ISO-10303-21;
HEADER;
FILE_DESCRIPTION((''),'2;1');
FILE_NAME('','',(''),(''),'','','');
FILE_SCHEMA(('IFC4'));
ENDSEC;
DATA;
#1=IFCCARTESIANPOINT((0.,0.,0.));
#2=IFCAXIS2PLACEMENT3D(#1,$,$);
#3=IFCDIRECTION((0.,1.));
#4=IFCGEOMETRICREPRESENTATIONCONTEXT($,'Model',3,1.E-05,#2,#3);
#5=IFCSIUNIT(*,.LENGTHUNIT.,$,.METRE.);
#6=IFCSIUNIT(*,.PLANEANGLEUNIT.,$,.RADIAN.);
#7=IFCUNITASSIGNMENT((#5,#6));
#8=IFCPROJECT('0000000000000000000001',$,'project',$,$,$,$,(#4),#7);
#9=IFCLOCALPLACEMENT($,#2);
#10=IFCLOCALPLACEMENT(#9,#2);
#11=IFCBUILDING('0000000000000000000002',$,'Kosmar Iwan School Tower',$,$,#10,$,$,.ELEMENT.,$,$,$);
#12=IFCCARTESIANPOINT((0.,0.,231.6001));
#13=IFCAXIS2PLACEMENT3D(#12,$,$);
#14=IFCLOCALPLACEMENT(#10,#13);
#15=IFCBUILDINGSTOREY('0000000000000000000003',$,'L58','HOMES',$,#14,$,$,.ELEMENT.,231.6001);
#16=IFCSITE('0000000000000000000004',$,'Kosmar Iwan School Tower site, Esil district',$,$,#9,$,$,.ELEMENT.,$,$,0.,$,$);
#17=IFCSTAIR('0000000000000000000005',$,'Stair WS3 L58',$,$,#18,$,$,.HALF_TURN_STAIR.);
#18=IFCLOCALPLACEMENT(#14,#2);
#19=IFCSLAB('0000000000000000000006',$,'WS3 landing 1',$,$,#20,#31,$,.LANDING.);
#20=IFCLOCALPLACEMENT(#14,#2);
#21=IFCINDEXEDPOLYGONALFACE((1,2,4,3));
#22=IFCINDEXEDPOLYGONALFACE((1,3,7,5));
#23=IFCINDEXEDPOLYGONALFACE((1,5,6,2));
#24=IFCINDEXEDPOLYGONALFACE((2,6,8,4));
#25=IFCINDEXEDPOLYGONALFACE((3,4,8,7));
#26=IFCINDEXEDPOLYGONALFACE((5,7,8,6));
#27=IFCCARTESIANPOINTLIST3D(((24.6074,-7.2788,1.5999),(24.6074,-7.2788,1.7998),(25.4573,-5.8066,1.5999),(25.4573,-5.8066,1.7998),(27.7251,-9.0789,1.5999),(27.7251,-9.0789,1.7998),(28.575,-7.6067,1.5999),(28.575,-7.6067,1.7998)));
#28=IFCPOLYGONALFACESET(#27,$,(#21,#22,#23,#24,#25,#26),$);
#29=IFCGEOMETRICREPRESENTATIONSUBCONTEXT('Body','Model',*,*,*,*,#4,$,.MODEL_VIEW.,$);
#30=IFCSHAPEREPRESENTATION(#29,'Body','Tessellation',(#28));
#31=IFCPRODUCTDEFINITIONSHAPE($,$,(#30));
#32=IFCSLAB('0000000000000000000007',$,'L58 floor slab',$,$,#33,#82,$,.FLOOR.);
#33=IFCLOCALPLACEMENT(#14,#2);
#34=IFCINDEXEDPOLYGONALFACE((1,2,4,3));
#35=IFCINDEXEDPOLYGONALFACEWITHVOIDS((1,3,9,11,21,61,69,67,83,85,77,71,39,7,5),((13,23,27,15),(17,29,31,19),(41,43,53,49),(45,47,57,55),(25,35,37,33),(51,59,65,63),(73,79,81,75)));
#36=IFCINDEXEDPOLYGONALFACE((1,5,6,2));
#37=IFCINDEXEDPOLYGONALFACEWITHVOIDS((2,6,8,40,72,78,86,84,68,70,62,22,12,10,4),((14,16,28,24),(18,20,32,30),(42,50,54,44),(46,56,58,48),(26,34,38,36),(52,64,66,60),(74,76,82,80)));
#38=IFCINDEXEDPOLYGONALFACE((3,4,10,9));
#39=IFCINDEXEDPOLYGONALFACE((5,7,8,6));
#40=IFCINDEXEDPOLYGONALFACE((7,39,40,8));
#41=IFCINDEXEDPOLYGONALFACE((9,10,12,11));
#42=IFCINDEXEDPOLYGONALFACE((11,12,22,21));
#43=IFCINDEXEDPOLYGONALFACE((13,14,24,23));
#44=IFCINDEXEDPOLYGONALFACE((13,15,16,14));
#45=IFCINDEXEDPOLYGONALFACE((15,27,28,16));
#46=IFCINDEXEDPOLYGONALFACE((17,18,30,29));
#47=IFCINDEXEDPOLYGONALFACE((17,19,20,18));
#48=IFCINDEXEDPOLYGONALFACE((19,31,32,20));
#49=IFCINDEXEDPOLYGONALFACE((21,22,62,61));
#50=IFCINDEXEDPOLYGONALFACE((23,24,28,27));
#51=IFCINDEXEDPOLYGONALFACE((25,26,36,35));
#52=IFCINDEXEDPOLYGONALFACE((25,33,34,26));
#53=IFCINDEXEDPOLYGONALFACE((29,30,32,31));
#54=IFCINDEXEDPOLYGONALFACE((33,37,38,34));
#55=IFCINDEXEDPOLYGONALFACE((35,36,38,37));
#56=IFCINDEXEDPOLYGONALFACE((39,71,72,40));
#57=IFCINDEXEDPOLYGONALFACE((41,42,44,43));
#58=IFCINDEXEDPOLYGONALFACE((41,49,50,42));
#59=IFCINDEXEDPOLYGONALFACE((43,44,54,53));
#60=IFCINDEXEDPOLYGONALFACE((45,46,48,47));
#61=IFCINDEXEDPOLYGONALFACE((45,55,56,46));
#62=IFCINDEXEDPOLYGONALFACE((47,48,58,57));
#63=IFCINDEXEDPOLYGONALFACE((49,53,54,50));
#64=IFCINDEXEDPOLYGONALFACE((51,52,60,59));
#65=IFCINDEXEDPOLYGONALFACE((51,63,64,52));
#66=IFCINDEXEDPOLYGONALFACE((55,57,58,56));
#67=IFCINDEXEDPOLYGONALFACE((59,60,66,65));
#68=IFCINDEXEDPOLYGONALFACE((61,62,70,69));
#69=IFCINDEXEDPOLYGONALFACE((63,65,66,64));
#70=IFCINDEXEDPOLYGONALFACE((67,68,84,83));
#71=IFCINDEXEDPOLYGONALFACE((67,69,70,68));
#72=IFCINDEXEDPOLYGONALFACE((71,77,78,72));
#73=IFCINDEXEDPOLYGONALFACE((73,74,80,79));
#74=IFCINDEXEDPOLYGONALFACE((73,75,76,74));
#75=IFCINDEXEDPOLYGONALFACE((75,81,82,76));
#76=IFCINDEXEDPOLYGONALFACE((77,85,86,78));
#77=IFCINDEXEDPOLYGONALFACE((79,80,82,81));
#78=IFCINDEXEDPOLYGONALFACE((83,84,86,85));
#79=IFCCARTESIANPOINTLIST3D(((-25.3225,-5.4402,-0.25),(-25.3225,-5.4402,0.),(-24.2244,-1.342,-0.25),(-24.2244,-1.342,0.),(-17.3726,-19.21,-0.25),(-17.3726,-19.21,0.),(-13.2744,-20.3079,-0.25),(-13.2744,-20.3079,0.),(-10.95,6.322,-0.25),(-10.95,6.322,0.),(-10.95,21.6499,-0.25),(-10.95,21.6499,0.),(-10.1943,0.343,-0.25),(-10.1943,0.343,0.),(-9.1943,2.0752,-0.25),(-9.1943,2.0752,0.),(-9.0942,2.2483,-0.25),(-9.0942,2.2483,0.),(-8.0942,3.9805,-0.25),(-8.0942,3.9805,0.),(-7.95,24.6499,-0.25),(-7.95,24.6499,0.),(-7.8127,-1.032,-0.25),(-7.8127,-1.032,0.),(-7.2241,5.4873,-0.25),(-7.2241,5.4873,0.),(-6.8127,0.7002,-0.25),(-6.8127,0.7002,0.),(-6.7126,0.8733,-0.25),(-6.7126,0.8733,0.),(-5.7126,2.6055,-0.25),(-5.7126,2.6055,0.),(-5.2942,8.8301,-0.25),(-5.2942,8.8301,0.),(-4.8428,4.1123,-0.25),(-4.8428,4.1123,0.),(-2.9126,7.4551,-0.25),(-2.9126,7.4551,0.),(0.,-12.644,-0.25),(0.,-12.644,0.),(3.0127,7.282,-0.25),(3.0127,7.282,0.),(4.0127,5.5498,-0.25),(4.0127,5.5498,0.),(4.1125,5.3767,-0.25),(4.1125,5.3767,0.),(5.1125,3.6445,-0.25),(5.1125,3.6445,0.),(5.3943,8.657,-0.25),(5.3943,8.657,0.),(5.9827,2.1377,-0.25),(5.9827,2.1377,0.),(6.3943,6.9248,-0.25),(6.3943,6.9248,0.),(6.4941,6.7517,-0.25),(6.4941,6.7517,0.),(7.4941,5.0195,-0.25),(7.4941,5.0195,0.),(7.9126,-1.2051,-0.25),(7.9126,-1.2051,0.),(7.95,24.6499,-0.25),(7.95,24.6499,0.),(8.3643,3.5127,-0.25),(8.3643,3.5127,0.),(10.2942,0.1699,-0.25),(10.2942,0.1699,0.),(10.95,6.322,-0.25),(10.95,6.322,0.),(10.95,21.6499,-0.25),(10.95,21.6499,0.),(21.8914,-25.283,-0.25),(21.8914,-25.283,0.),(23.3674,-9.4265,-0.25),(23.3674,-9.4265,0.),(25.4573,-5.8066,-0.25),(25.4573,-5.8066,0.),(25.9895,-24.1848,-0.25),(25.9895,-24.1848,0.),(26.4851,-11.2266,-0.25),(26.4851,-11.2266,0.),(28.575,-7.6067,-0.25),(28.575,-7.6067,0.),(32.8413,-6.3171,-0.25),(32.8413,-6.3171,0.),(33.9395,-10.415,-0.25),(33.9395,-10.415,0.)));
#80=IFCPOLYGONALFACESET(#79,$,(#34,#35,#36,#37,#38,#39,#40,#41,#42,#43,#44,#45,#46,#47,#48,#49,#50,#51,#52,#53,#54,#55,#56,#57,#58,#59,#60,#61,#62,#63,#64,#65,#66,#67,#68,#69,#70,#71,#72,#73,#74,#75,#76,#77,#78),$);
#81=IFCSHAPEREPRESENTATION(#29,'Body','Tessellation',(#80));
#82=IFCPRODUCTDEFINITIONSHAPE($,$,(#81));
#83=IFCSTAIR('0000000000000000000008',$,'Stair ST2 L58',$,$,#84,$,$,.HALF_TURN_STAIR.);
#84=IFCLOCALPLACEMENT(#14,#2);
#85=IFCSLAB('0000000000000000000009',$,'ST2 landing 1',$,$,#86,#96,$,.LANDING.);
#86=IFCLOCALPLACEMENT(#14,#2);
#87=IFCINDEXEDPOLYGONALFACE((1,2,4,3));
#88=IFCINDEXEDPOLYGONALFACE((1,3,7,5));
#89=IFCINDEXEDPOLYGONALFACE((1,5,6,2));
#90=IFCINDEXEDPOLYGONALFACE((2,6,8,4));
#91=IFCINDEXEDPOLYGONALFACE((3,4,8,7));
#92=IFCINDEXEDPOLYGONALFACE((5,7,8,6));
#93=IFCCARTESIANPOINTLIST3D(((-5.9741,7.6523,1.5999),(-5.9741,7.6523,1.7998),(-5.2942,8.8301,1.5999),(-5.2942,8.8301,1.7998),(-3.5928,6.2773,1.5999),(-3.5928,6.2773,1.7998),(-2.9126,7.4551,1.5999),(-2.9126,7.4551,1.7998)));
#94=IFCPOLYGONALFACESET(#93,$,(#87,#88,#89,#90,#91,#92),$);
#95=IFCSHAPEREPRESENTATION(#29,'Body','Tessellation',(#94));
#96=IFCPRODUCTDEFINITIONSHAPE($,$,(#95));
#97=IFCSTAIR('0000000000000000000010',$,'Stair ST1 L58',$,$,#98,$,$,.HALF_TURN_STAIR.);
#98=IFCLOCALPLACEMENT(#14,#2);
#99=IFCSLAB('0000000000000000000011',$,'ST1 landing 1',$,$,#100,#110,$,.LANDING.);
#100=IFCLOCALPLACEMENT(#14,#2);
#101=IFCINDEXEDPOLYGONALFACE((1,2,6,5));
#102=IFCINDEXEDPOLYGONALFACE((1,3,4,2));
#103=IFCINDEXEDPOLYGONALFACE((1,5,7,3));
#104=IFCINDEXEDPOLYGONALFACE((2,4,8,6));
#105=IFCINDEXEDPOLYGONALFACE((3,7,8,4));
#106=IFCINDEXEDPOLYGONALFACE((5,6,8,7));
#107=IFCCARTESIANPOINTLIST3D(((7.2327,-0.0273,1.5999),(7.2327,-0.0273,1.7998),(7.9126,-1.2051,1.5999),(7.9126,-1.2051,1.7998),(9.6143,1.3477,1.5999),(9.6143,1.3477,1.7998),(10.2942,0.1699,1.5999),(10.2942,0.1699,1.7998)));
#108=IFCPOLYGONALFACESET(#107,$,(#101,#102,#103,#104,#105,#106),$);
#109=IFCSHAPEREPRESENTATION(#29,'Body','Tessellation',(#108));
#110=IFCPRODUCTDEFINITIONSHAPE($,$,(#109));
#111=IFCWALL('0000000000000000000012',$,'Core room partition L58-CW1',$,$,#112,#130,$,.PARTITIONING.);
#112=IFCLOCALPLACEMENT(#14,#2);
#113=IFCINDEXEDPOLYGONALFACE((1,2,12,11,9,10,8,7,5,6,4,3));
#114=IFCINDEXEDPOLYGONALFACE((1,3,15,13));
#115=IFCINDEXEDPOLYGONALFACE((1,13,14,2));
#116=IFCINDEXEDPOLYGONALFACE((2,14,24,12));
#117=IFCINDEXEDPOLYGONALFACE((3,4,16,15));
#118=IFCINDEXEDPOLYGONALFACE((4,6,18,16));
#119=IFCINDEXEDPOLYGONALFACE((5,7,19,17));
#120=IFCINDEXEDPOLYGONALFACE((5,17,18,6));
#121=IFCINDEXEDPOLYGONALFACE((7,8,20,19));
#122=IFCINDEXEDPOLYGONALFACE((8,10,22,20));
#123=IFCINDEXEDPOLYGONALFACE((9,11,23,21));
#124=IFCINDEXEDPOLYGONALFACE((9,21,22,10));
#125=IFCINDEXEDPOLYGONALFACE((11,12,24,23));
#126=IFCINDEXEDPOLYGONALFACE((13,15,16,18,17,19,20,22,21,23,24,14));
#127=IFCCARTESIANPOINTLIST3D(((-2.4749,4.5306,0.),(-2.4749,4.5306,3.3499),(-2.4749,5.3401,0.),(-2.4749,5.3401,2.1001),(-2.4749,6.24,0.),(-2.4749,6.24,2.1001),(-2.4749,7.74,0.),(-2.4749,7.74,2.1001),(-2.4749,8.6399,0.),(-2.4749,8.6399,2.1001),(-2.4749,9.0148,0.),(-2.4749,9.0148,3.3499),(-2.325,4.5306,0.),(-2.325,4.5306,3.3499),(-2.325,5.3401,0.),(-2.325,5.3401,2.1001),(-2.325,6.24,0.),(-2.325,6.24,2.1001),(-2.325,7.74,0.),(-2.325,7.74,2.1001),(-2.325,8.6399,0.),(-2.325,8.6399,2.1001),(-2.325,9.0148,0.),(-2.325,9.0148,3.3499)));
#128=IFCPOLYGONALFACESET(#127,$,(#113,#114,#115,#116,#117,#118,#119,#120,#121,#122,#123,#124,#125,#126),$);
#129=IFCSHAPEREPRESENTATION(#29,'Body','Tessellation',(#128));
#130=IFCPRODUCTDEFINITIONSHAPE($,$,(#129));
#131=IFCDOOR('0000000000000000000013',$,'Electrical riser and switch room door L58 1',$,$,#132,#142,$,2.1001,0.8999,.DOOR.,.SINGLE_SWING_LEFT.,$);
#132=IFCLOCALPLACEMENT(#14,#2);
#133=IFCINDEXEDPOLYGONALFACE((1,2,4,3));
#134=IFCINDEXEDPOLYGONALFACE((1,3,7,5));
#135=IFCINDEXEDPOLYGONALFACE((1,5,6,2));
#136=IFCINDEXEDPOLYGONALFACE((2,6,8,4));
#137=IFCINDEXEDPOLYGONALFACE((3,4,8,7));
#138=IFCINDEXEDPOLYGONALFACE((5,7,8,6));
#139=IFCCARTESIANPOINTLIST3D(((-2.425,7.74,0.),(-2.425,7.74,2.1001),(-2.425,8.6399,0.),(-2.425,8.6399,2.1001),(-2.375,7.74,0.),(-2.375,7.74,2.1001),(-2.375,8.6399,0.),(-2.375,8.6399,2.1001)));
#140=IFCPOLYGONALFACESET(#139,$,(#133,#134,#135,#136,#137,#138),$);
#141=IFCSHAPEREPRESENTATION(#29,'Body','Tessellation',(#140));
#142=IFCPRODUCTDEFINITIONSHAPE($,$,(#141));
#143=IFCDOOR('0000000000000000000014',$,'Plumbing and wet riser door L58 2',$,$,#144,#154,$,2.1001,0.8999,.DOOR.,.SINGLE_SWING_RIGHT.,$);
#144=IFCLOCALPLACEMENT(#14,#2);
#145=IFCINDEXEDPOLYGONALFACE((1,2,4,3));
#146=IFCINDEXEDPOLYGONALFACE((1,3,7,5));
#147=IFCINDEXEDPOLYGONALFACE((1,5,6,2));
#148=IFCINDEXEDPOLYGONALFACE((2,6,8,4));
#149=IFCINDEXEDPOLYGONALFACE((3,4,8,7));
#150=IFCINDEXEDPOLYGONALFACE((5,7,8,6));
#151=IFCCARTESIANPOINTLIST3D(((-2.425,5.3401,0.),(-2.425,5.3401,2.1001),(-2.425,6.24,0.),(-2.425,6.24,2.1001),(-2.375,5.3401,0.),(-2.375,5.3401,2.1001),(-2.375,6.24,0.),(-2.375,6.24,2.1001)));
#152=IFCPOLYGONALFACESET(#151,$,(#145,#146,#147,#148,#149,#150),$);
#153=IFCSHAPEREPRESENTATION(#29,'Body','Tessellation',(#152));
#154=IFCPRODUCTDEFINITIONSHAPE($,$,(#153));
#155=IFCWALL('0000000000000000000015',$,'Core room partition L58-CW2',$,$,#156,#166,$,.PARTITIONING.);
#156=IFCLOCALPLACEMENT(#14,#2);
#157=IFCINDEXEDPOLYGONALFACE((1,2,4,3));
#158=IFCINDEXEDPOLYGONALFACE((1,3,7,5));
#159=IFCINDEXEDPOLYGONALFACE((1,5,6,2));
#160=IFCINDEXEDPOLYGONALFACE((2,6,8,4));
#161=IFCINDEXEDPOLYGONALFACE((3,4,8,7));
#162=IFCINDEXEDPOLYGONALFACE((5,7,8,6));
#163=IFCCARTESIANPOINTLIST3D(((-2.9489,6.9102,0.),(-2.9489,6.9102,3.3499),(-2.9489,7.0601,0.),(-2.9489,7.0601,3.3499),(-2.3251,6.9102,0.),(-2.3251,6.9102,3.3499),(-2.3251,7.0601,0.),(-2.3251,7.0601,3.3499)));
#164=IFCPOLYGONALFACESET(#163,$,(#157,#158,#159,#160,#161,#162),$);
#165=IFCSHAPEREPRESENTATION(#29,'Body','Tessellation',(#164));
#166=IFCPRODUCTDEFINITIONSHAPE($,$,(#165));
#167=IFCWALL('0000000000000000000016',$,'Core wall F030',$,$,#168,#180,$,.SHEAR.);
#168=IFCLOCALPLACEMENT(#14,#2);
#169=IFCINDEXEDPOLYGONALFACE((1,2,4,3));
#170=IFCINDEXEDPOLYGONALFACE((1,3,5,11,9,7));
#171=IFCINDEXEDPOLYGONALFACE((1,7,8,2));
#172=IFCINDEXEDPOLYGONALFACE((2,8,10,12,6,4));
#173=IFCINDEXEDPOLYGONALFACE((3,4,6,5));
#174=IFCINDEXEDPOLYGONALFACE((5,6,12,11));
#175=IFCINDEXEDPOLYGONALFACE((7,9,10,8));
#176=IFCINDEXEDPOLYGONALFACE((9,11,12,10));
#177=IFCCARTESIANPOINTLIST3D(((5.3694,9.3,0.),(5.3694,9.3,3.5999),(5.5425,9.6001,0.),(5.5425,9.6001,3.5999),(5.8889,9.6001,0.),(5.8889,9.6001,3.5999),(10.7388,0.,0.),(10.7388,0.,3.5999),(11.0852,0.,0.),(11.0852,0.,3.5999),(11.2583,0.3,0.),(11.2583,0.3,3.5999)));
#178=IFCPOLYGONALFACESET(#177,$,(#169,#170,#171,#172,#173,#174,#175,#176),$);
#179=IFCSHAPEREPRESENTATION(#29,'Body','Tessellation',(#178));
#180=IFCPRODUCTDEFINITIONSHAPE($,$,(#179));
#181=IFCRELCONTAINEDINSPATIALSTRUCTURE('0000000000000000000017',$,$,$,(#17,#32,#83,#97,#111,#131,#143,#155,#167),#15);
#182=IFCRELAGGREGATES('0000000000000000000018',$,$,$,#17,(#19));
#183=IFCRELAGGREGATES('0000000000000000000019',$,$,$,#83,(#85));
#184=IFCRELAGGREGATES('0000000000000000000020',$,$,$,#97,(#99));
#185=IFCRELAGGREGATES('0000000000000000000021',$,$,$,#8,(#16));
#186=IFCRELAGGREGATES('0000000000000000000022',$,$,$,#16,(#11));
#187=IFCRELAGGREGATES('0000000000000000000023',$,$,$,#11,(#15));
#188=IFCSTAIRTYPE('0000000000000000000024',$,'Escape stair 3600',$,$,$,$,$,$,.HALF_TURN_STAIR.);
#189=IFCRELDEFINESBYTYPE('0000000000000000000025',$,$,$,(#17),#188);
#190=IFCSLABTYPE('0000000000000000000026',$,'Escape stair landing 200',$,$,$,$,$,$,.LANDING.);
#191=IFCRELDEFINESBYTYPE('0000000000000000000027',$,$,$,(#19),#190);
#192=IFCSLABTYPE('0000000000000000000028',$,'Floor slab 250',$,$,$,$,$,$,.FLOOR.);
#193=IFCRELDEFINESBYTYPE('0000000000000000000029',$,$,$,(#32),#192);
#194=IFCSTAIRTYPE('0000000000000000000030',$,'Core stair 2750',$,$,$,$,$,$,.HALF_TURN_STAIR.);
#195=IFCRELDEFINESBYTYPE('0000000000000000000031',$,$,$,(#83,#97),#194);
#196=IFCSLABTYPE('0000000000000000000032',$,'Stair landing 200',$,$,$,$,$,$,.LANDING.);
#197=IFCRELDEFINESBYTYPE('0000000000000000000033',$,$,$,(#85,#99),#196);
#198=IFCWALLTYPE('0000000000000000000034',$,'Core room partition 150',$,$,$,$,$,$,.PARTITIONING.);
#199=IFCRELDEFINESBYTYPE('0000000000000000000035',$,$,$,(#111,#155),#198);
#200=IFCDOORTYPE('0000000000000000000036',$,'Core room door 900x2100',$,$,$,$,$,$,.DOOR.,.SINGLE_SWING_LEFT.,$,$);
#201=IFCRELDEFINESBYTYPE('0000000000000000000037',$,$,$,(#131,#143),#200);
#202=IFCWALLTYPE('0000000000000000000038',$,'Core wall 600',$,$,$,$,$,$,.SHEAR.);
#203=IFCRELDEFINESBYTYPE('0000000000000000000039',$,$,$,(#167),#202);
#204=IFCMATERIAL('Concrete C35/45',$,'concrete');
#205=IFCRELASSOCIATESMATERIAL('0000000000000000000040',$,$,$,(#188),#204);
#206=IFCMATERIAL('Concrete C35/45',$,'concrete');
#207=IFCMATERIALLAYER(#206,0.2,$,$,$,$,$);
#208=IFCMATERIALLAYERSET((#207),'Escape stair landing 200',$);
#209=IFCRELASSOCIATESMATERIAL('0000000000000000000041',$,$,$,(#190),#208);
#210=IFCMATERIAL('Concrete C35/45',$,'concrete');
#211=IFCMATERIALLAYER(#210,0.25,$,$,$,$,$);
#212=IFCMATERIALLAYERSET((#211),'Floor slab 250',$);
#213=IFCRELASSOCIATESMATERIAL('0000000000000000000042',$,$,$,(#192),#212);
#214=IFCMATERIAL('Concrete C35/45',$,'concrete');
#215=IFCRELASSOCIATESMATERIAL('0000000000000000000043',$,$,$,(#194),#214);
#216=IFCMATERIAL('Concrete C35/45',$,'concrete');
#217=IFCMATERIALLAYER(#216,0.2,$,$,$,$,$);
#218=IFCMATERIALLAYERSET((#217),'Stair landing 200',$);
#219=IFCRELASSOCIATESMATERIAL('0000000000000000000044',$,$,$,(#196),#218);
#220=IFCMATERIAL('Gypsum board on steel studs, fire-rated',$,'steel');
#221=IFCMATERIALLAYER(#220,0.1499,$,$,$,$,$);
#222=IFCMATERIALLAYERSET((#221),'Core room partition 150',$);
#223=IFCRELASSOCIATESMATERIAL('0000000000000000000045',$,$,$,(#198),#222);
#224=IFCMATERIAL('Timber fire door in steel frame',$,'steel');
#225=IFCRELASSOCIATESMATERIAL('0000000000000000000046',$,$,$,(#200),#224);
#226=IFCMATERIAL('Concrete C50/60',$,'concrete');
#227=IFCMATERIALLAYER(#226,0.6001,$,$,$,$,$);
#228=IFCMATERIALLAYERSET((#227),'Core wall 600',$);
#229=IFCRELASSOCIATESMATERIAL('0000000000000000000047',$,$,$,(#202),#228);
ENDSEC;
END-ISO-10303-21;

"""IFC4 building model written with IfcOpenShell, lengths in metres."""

from ifc_helpers import new_model, si_unit, direction, frame, frame_2d, origin, place, context, subcontext, project, spatial, polyline, rectangle, outline, extrude, material, layer, layer_set, type_object, element, fill, aggregate, save


model = new_model("IFC4")

# Units and contexts
model_context = context("Model", 3, precision=1e-05, world=origin(), true_north=direction((0.0, 1.0)))
body_context = subcontext(model_context, "Body", "Model", "MODEL_VIEW")
ifc_project = project(units=[si_unit("LENGTHUNIT", "METRE"), si_unit("PLANEANGLEUNIT", "RADIAN")], contexts=[model_context])

# Site, building, storey
site_placement = place(None, origin())
site = spatial("IfcSite", under=ifc_project, at=site_placement, Name="Kosmar Iwan School Tower site, Esil district", CompositionType="ELEMENT", RefElevation=0.0)
building_placement = place(site_placement, origin())
building = spatial("IfcBuilding", under=site, at=building_placement, Name="Kosmar Iwan School Tower", CompositionType="ELEMENT")
storey_placement = place(building_placement, frame((0.0, 0.0, 231.6001)))
storey = spatial("IfcBuildingStorey", under=building, at=storey_placement, Name="L58", Description="HOMES", CompositionType="ELEMENT", Elevation=231.6001)

# Stair, slab
ifc_material_1 = material(Name="Concrete C35/45", Category="concrete")
stair_type_1 = type_object("IfcStairType", Name="Escape stair 3600", PredefinedType="HALF_TURN_STAIR", material=ifc_material_1)
stair_1_placement = place(storey_placement, origin())
stair_1 = element("IfcStair", 1, at=stair_1_placement, inside=storey, type_object=stair_type_1, Name="Stair WS3 L58", PredefinedType="HALF_TURN_STAIR")
ifc_material_2 = material(Name="Concrete C35/45", Category="concrete")
ifc_layer_1 = layer(ifc_material_2, 0.2)
ifc_layer_set_1 = layer_set([ifc_layer_1], Name="Escape stair landing 200")
slab_type_1 = type_object("IfcSlabType", Name="Escape stair landing 200", PredefinedType="LANDING", material=ifc_layer_set_1)
slab_1_placement = place(storey_placement, frame((0.0, 0.0, 1.5999)))
slab_1 = element("IfcSlab", 2, at=slab_1_placement, type_object=slab_type_1, Name="WS3 landing 1", PredefinedType="LANDING", context=body_context, shape_type="SweptSolid", body=[
    extrude(outline(polyline([(24.6074, -7.2788), (27.7251, -9.0789), (28.575, -7.6067), (25.4573, -5.8066), (24.6074, -7.2788)])), origin(), (0.0, 0.0, 1.0), 0.2),
])
aggregate(stair_1, [slab_1])

# Slab
ifc_material_3 = material(Name="Concrete C35/45", Category="concrete")
ifc_layer_2 = layer(ifc_material_3, 0.25)
ifc_layer_set_2 = layer_set([ifc_layer_2], Name="Floor slab 250")
slab_type_2 = type_object("IfcSlabType", Name="Floor slab 250", PredefinedType="FLOOR", material=ifc_layer_set_2)
slab_2_placement = place(storey_placement, frame((0.0, 0.0, -0.25)))
element("IfcSlab", 3, at=slab_2_placement, inside=storey, type_object=slab_type_2, Name="L58 floor slab", PredefinedType="FLOOR", context=body_context, shape_type="SweptSolid", body=[
    extrude(outline(polyline([(21.8914, -25.283), (25.9895, -24.1848), (33.9395, -10.415), (32.8413, -6.3171), (10.95, 6.322), (10.95, 21.6499), (7.95, 24.6499), (-7.95, 24.6499), (-10.95, 21.6499), (-10.95, 6.322), (-24.2244, -1.342), (-25.3225, -5.4402), (-17.3726, -19.21), (-13.2744, -20.3079), (0.0, -12.644), (21.8914, -25.283)]), holes=[polyline([(7.9126, -1.2051), (10.2942, 0.1699), (8.3643, 3.5127), (5.9827, 2.1377), (7.9126, -1.2051)]), polyline([(-2.9126, 7.4551), (-5.2942, 8.8301), (-7.2241, 5.4873), (-4.8428, 4.1123), (-2.9126, 7.4551)]), polyline([(-5.7126, 2.6055), (-8.0942, 3.9805), (-9.0942, 2.2483), (-6.7126, 0.8733), (-5.7126, 2.6055)]), polyline([(-6.8127, 0.7002), (-9.1943, 2.0752), (-10.1943, 0.343), (-7.8127, -1.032), (-6.8127, 0.7002)]), polyline([(5.1125, 3.6445), (7.4941, 5.0195), (6.4941, 6.7517), (4.1125, 5.3767), (5.1125, 3.6445)]), polyline([(4.0127, 5.5498), (6.3943, 6.9248), (5.3943, 8.657), (3.0127, 7.282), (4.0127, 5.5498)]), polyline([(23.3674, -9.4265), (26.4851, -11.2266), (28.575, -7.6067), (25.4573, -5.8066), (23.3674, -9.4265)])]), origin(), (0.0, 0.0, 1.0), 0.25),
])

# Stairs, slabs
ifc_material_4 = material(Name="Concrete C35/45", Category="concrete")
stair_type_2 = type_object("IfcStairType", Name="Core stair 2750", PredefinedType="HALF_TURN_STAIR", material=ifc_material_4)
stair_2_placement = place(storey_placement, origin())
stair_2 = element("IfcStair", 4, at=stair_2_placement, inside=storey, type_object=stair_type_2, Name="Stair ST2 L58", PredefinedType="HALF_TURN_STAIR")
ifc_material_5 = material(Name="Concrete C35/45", Category="concrete")
ifc_layer_3 = layer(ifc_material_5, 0.2)
ifc_layer_set_3 = layer_set([ifc_layer_3], Name="Stair landing 200")
slab_type_3 = type_object("IfcSlabType", Name="Stair landing 200", PredefinedType="LANDING", material=ifc_layer_set_3)
slab_3_placement = place(storey_placement, frame((0.0, 0.0, 1.5999)))
slab_3 = element("IfcSlab", 5, at=slab_3_placement, type_object=slab_type_3, Name="ST2 landing 1", PredefinedType="LANDING", context=body_context, shape_type="SweptSolid", body=[
    extrude(outline(polyline([(-2.9126, 7.4551), (-5.2942, 8.8301), (-5.9741, 7.6523), (-3.5928, 6.2773), (-2.9126, 7.4551)])), origin(), (0.0, 0.0, 1.0), 0.2),
])
aggregate(stair_2, [slab_3])
stair_3_placement = place(storey_placement, origin())
stair_3 = element("IfcStair", 6, at=stair_3_placement, inside=storey, type_object=stair_type_2, Name="Stair ST1 L58", PredefinedType="HALF_TURN_STAIR")
slab_4_placement = place(storey_placement, frame((0.0, 0.0, 1.5999)))
slab_4 = element("IfcSlab", 7, at=slab_4_placement, type_object=slab_type_3, Name="ST1 landing 1", PredefinedType="LANDING", context=body_context, shape_type="SweptSolid", body=[
    extrude(outline(polyline([(7.9126, -1.2051), (10.2942, 0.1699), (9.6143, 1.3477), (7.2327, -0.0273), (7.9126, -1.2051)])), origin(), (0.0, 0.0, 1.0), 0.2),
])
aggregate(stair_3, [slab_4])

# Wall, openings, doors
ifc_material_6 = material(Name="Gypsum board on steel studs, fire-rated", Category="steel")
ifc_layer_4 = layer(ifc_material_6, 0.1499)
ifc_layer_set_4 = layer_set([ifc_layer_4], Name="Core room partition 150")
wall_type_1 = type_object("IfcWallType", Name="Core room partition 150", PredefinedType="PARTITIONING", material=ifc_layer_set_4)
wall_1_placement = place(storey_placement, frame((-2.3999, 9.0149, 0.0), z_axis=(0.0, 0.0, 1.0), x_axis=(0.0, -1.0, 0.0)))
wall_1 = element("IfcWall", 8, at=wall_1_placement, inside=storey, type_object=wall_type_1, Name="Core room partition L58-CW1", PredefinedType="PARTITIONING", context=body_context, shape_type="SweptSolid", body=[
    extrude(rectangle(XDim=4.4841, YDim=0.1499, at=frame_2d((2.2422, 0.0))), origin(), (0.0, 0.0, 1.0), 3.3499),
])
opening_1_placement = place(wall_1_placement, frame((0.375, 0.0, 0.0)))
opening_1 = element("IfcOpeningElement", 9, at=opening_1_placement, cuts=wall_1, PredefinedType="OPENING", context=body_context, shape_type="SweptSolid", body=[
    extrude(rectangle(XDim=0.8999, YDim=2.1001, at=frame_2d((0.45, 1.05))), frame((0.0, 0.0869, 0.0), z_axis=(0.0, -1.0, 0.0), x_axis=(1.0, 0.0, 0.0)), (0.0, 0.0, 1.0), 0.1738),
])
opening_2_placement = place(wall_1_placement, frame((2.7749, 0.0, 0.0)))
opening_2 = element("IfcOpeningElement", 10, at=opening_2_placement, cuts=wall_1, PredefinedType="OPENING", context=body_context, shape_type="SweptSolid", body=[
    extrude(rectangle(XDim=0.8999, YDim=2.1001, at=frame_2d((0.45, 1.05))), frame((0.0, 0.0869, 0.0), z_axis=(0.0, -1.0, 0.0), x_axis=(1.0, 0.0, 0.0)), (0.0, 0.0, 1.0), 0.1738),
])
ifc_material_7 = material(Name="Timber fire door in steel frame", Category="steel")
door_type_1 = type_object("IfcDoorType", Name="Core room door 900x2100", OperationType="SINGLE_SWING_LEFT", PredefinedType="DOOR", material=ifc_material_7)
door_1_placement = place(opening_1_placement, origin())
door_1 = element("IfcDoor", 11, at=door_1_placement, inside=storey, type_object=door_type_1, Name="Electrical riser and switch room door L58 1", OperationType="SINGLE_SWING_LEFT", OverallHeight=2.1001, OverallWidth=0.8999, PredefinedType="DOOR", context=body_context, shape_type="SweptSolid", body=[
    extrude(rectangle(XDim=0.8999, YDim=2.1001, at=frame_2d((0.45, 1.05))), frame((0.0, 0.0249, 0.0), z_axis=(0.0, -1.0, 0.0), x_axis=(1.0, 0.0, 0.0)), (0.0, 0.0, 1.0), 0.05),
])
fill(opening_1, door_1)
door_2_placement = place(opening_2_placement, origin())
door_2 = element("IfcDoor", 12, at=door_2_placement, inside=storey, type_object=door_type_1, Name="Plumbing and wet riser door L58 2", OperationType="SINGLE_SWING_RIGHT", OverallHeight=2.1001, OverallWidth=0.8999, PredefinedType="DOOR", context=body_context, shape_type="SweptSolid", body=[
    extrude(rectangle(XDim=0.8999, YDim=2.1001, at=frame_2d((0.45, 1.05))), frame((0.0, 0.0249, 0.0), z_axis=(0.0, -1.0, 0.0), x_axis=(1.0, 0.0, 0.0)), (0.0, 0.0, 1.0), 0.05),
])
fill(opening_2, door_2)

# Walls
wall_2_placement = place(storey_placement, frame((-2.325, 6.9851, 0.0), z_axis=(0.0, 0.0, 1.0), x_axis=(-1.0, 0.0, 0.0)))
element("IfcWall", 13, at=wall_2_placement, inside=storey, type_object=wall_type_1, Name="Core room partition L58-CW2", PredefinedType="PARTITIONING", context=body_context, shape_type="SweptSolid", body=[
    extrude(rectangle(XDim=0.6238, YDim=0.1499, at=frame_2d((0.312, 0.0))), origin(), (0.0, 0.0, 1.0), 3.3499),
])
ifc_material_8 = material(Name="Concrete C50/60", Category="concrete")
ifc_layer_5 = layer(ifc_material_8, 0.6001)
ifc_layer_set_5 = layer_set([ifc_layer_5], Name="Core wall 600")
wall_type_2 = type_object("IfcWallType", Name="Core wall 600", PredefinedType="SHEAR", material=ifc_layer_set_5)
wall_3_placement = place(storey_placement, origin())
element("IfcWall", 14, at=wall_3_placement, inside=storey, type_object=wall_type_2, Name="Core wall F030", PredefinedType="SHEAR", context=body_context, shape_type="SweptSolid", body=[
    extrude(outline(polyline([(10.7388, 0.0), (11.0852, 0.0), (11.2583, 0.3), (5.8889, 9.6001), (5.5425, 9.6001), (5.3694, 9.3), (10.7388, 0.0)])), origin(), (0.0, 0.0, 1.0), 3.5999),
])

save(model, "model.ifc")
